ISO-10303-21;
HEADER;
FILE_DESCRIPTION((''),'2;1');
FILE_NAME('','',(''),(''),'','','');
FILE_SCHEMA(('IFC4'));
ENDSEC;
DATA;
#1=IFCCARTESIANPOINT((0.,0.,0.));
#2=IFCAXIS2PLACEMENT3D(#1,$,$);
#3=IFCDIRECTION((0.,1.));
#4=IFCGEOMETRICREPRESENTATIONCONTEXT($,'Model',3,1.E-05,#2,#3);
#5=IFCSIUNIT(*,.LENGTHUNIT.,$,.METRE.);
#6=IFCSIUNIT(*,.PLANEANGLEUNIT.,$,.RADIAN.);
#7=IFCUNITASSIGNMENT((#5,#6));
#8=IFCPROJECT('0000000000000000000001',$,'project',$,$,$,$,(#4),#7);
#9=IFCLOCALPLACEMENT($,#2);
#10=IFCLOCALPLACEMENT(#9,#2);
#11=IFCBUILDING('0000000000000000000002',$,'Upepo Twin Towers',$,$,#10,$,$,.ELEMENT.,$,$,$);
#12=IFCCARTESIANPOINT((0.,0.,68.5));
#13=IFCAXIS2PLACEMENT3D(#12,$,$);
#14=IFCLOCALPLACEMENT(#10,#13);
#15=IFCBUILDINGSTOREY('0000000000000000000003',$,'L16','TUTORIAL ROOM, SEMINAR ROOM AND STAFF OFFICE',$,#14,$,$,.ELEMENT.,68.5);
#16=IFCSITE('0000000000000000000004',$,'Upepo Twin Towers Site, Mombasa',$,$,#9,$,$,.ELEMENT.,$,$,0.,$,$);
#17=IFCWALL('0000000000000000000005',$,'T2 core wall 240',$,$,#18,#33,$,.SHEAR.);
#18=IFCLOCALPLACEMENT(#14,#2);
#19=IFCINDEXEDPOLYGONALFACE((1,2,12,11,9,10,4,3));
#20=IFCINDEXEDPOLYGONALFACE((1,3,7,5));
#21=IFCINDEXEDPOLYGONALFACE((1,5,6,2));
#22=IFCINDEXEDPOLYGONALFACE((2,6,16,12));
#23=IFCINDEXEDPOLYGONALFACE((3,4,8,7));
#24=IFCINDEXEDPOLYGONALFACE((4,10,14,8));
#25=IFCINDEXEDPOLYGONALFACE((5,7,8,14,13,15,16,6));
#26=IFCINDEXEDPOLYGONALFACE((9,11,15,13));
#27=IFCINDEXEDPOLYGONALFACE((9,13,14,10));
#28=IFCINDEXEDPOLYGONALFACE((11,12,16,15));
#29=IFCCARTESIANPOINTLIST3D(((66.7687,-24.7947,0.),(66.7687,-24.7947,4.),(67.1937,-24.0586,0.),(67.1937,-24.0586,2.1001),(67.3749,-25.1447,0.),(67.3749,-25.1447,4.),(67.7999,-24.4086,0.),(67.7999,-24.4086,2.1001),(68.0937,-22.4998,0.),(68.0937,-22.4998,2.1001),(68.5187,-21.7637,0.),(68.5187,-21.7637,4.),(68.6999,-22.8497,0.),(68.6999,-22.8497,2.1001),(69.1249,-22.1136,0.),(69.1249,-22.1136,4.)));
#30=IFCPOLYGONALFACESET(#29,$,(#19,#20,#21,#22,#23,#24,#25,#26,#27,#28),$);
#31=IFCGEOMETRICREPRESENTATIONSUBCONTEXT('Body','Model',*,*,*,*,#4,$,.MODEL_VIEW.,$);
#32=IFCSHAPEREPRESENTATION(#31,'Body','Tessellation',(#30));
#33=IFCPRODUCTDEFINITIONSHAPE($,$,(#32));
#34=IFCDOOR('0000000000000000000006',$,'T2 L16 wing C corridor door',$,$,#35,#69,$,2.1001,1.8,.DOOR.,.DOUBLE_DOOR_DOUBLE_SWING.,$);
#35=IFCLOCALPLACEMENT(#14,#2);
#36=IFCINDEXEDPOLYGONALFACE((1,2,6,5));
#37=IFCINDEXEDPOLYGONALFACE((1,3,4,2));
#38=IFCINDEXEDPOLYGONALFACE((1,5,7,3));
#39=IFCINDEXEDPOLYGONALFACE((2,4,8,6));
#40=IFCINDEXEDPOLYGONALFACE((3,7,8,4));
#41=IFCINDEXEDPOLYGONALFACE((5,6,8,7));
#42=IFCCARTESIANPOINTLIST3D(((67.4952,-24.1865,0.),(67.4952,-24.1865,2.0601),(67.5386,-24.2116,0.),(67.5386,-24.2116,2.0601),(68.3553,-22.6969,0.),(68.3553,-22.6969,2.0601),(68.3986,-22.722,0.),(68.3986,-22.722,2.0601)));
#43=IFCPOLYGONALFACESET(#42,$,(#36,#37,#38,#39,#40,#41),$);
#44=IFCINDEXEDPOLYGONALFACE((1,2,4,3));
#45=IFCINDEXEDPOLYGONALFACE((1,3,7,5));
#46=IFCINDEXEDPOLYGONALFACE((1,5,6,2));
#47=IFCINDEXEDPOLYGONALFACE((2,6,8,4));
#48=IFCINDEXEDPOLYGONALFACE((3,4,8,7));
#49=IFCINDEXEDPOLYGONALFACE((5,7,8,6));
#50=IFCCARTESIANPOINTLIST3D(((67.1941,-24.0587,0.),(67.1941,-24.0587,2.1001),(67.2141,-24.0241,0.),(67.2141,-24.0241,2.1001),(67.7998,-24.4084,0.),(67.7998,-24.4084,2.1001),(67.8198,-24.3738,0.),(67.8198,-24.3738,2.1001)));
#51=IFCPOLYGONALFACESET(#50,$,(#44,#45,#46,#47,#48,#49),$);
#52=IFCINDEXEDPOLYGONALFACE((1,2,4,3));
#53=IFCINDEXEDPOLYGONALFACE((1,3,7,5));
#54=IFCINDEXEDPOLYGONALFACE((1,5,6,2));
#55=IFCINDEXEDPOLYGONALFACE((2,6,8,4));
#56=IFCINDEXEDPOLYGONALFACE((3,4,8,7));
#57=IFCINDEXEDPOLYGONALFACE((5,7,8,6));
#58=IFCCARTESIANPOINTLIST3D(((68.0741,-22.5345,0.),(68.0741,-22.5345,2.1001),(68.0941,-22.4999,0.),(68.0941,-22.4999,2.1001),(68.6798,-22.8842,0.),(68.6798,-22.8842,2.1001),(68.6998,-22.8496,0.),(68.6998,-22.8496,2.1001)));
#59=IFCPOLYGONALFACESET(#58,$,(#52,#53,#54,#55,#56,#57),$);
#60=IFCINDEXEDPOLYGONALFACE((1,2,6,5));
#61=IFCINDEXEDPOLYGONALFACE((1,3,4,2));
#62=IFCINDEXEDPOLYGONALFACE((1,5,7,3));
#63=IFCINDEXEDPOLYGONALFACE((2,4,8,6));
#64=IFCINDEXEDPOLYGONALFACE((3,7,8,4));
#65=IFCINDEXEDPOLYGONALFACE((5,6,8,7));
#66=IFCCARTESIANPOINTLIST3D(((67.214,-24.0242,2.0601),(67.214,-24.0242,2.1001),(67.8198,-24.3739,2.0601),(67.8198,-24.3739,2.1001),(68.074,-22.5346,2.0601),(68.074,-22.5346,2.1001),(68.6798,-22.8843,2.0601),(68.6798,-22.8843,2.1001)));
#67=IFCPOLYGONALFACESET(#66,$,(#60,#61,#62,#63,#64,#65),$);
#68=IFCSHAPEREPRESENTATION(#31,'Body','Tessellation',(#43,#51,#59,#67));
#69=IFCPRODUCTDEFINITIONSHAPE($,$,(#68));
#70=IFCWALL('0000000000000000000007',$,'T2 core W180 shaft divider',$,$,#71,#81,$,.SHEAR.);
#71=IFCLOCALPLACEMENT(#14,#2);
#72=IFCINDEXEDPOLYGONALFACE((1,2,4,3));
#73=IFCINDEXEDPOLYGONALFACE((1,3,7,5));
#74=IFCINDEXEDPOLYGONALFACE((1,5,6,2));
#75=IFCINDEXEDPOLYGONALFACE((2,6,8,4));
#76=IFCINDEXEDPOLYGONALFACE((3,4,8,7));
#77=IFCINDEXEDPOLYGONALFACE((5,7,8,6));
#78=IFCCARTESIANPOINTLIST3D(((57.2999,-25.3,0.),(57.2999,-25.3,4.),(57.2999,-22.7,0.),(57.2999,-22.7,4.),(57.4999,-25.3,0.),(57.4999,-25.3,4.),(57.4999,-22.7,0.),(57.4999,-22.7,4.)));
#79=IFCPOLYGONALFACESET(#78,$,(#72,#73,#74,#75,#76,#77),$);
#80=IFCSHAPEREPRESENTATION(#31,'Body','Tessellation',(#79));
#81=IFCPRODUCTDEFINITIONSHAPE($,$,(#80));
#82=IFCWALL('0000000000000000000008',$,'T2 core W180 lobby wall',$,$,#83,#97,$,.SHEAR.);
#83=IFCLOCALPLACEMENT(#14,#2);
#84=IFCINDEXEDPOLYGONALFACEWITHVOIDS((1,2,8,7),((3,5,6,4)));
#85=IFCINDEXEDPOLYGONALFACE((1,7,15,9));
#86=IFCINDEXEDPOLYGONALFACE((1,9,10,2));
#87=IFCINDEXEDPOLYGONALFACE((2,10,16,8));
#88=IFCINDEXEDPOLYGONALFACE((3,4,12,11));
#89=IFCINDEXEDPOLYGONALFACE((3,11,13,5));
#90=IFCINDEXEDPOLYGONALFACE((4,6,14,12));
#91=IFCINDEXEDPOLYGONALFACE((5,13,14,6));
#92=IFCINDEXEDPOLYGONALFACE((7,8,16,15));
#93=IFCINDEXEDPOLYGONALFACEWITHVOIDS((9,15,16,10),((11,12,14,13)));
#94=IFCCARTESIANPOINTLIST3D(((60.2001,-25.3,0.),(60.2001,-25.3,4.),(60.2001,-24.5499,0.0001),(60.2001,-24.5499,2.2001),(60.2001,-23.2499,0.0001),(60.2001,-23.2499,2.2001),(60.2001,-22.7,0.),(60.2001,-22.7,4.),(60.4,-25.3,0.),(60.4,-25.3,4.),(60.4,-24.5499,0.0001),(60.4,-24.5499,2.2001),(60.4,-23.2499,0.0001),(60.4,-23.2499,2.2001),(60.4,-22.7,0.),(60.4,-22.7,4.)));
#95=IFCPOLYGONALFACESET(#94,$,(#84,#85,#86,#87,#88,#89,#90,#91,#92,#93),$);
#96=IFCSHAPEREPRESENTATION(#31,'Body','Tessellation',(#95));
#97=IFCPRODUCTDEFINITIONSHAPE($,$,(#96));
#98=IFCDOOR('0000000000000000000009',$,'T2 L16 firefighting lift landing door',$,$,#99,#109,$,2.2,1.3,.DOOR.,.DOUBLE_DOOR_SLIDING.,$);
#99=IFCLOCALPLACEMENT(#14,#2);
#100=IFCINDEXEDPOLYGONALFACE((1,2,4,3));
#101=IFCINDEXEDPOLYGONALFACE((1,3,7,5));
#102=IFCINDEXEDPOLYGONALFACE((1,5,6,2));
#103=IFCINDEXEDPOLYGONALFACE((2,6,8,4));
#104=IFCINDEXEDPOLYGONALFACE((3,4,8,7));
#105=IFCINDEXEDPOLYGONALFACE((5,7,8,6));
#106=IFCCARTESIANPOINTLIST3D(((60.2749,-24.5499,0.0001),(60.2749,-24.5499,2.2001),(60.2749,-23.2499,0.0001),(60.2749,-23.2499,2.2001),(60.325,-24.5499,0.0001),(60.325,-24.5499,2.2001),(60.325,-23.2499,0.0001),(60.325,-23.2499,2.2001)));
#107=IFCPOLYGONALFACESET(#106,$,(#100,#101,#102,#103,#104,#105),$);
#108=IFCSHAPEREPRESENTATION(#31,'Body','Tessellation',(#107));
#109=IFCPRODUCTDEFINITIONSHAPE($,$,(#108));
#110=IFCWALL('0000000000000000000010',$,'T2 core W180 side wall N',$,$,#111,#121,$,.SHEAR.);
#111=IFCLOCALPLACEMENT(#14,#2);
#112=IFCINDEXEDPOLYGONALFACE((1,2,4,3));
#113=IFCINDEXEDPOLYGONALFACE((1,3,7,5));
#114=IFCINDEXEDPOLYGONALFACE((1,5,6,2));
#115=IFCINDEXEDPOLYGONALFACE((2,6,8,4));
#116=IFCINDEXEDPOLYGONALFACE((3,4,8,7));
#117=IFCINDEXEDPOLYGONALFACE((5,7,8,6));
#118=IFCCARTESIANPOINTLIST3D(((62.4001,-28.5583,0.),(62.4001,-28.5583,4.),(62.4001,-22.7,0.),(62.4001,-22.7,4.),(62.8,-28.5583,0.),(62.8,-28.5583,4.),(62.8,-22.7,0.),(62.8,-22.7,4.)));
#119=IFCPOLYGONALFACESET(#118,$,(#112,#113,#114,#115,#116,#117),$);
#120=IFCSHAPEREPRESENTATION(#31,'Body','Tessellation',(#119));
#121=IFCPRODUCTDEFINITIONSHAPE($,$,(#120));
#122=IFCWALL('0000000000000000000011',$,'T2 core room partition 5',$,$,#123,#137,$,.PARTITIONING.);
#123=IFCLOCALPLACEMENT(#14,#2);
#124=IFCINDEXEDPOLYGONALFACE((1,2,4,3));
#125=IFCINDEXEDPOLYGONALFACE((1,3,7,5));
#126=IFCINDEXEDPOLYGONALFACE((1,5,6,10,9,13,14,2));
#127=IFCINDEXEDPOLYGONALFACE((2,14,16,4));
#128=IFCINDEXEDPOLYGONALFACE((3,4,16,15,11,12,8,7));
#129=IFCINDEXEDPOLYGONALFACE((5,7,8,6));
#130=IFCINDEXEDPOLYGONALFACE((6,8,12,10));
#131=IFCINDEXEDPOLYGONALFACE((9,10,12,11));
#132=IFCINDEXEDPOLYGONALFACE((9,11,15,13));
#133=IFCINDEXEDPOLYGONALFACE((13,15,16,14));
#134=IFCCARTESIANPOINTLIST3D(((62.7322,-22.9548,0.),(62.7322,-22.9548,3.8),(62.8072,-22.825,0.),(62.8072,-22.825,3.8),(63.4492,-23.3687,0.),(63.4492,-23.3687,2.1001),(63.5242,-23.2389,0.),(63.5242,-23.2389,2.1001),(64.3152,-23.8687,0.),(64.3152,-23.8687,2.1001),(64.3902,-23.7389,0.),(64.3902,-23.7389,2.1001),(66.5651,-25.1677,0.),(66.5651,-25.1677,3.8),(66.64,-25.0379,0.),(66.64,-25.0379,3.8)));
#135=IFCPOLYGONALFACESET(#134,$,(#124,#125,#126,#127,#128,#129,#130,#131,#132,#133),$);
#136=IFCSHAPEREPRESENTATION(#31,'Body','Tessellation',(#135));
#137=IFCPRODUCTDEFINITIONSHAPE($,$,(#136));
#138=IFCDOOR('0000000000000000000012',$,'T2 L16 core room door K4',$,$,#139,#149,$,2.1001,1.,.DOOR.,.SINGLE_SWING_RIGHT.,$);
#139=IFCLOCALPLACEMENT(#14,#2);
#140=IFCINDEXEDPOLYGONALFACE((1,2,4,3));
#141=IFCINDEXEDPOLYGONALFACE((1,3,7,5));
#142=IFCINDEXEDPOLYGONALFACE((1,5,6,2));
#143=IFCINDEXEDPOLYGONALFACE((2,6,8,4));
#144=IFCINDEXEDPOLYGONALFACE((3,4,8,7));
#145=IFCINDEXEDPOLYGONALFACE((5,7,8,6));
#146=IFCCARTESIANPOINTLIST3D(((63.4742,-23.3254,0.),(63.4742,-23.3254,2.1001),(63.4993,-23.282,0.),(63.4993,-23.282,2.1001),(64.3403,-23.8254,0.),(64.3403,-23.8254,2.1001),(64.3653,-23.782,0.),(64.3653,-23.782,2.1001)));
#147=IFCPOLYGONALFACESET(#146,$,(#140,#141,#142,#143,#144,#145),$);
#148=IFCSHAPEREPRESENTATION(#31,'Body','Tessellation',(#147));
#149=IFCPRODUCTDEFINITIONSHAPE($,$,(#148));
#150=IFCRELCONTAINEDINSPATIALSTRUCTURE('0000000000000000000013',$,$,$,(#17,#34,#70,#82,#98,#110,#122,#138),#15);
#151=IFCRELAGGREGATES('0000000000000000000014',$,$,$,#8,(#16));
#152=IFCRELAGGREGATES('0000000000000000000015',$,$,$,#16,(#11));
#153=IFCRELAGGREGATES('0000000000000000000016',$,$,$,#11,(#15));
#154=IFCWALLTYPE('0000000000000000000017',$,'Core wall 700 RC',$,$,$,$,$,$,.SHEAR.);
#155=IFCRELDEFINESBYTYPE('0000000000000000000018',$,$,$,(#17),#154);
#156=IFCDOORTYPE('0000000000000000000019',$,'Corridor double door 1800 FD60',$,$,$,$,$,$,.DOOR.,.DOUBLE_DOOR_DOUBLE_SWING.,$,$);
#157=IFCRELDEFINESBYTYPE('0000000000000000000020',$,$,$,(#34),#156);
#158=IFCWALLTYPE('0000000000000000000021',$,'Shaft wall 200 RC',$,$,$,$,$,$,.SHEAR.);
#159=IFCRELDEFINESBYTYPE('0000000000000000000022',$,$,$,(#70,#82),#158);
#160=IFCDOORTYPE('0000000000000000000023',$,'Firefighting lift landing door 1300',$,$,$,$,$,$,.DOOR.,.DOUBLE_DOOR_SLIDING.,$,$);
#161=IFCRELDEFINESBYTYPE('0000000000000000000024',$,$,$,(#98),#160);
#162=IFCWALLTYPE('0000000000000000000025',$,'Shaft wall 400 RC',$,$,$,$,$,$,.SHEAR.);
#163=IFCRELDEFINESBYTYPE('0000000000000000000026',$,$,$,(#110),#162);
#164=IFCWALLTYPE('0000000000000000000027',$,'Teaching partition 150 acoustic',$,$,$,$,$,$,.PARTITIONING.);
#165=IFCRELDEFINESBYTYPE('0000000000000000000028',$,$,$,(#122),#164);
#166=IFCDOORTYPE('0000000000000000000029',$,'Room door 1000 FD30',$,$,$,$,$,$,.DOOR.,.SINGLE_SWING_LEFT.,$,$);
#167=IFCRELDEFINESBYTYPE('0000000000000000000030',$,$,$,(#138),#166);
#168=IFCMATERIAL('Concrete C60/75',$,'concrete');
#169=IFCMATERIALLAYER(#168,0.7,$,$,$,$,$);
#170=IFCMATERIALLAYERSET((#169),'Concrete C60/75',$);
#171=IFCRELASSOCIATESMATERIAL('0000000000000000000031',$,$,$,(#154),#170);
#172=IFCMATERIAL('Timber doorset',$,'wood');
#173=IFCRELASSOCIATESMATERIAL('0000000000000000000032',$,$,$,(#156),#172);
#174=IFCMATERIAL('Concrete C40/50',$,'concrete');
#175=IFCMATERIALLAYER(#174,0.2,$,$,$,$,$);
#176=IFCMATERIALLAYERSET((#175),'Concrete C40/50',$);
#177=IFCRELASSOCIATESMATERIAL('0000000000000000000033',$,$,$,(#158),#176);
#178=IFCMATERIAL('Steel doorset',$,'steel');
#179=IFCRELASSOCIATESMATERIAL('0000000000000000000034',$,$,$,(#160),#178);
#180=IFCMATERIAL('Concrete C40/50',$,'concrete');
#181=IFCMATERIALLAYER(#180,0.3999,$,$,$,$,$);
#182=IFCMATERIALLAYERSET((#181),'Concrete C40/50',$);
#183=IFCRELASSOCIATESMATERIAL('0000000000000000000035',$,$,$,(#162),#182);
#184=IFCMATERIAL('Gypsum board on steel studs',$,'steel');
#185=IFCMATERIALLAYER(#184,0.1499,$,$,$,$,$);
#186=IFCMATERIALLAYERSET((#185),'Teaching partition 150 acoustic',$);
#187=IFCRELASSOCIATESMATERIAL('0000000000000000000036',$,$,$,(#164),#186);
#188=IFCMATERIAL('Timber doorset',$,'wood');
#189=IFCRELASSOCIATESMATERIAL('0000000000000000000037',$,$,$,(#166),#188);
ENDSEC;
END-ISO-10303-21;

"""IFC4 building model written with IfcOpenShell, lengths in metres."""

from ifc_helpers import new_model, si_unit, direction, frame, frame_2d, origin, place, context, subcontext, project, spatial, rectangle, extrude, material, layer, layer_set, type_object, element, fill, save


model = new_model("IFC4")

# Units and contexts
model_context = context("Model", 3, precision=1e-05, world=origin(), true_north=direction((0.0, 1.0)))
body_context = subcontext(model_context, "Body", "Model", "MODEL_VIEW")
ifc_project = project(units=[si_unit("LENGTHUNIT", "METRE"), si_unit("PLANEANGLEUNIT", "RADIAN")], contexts=[model_context])

# Site, building, storey
site_placement = place(None, origin())
site = spatial("IfcSite", under=ifc_project, at=site_placement, Name="Upepo Twin Towers Site, Mombasa", CompositionType="ELEMENT", RefElevation=0.0)
building_placement = place(site_placement, origin())
building = spatial("IfcBuilding", under=site, at=building_placement, Name="Upepo Twin Towers", CompositionType="ELEMENT")
storey_placement = place(building_placement, frame((0.0, 0.0, 68.5)))
storey = spatial("IfcBuildingStorey", under=building, at=storey_placement, Name="L16", Description="TUTORIAL ROOM, SEMINAR ROOM AND STAFF OFFICE", CompositionType="ELEMENT", Elevation=68.5)

# Shared definitions
ifc_material_1 = material(Name="Concrete C60/75", Category="concrete")
ifc_layer_1 = layer(ifc_material_1, 0.7)
ifc_layer_set_1 = layer_set([ifc_layer_1], Name="Concrete C60/75")
wall_type_1 = type_object("IfcWallType", Name="Core wall 700 RC", PredefinedType="SHEAR", material=ifc_layer_set_1)

# Wall, opening, door
wall_1_placement = place(storey_placement, frame((67.0718, -24.9697, 0.0), z_axis=(0.0, 0.0, 1.0), x_axis=(0.50001, 0.866019, 0.0)))
wall_1 = element("IfcWall", 1, at=wall_1_placement, inside=storey, type_object=wall_type_1, Name="T2 core wall 240", PredefinedType="SHEAR", context=body_context, shape_type="SweptSolid", body=[
    extrude(rectangle(XDim=3.5, YDim=0.7, at=frame_2d((1.75, 0.0))), origin(), (0.0, 0.0, 1.0), 4.0),
])
opening_1_placement = place(wall_1_placement, frame((0.8501, 0.0, 0.0)))
opening_1 = element("IfcOpeningElement", 2, at=opening_1_placement, cuts=wall_1, PredefinedType="OPENING", context=body_context, shape_type="SweptSolid", body=[
    extrude(rectangle(XDim=1.8, YDim=2.1001, at=frame_2d((0.8999, 1.05))), frame((0.0, 0.3599, 0.0), z_axis=(0.0, -1.0, 0.0), x_axis=(1.0, 0.0, 0.0)), (0.0, 0.0, 1.0), 0.72),
])
ifc_material_2 = material(Name="Timber doorset", Category="wood")
door_type_1 = type_object("IfcDoorType", Name="Corridor double door 1800 FD60", OperationType="DOUBLE_DOOR_DOUBLE_SWING", PredefinedType="DOOR", material=ifc_material_2)
door_1_placement = place(opening_1_placement, origin())
door_1 = element("IfcDoor", 3, at=door_1_placement, inside=storey, type_object=door_type_1, Name="T2 L16 wing C corridor door", OperationType="DOUBLE_DOOR_DOUBLE_SWING", OverallHeight=2.1001, OverallWidth=1.8, PredefinedType="DOOR", context=body_context, shape_type="SweptSolid", body=[
    extrude(rectangle(XDim=1.72, YDim=2.0601, at=frame_2d((0.8999, 1.03))), frame((0.0, 0.0249, 0.0), z_axis=(0.0, -1.0, 0.0), x_axis=(1.0, 0.0, 0.0)), (0.0, 0.0, 1.0), 0.05),
    extrude(rectangle(XDim=0.04, YDim=2.1001, at=frame_2d((0.02, 1.05))), frame((0.0, 0.3496, 0.0), z_axis=(0.0, -1.0, 0.0), x_axis=(1.0, 0.0, 0.0)), (0.0, 0.0, 1.0), 0.6995),
    extrude(rectangle(XDim=0.04, YDim=2.1001, at=frame_2d((1.78, 1.05))), frame((0.0, 0.3496, 0.0), z_axis=(0.0, -1.0, 0.0), x_axis=(1.0, 0.0, 0.0)), (0.0, 0.0, 1.0), 0.6995),
    extrude(rectangle(XDim=1.72, YDim=0.04, at=frame_2d((0.8999, 2.0801))), frame((0.0, 0.3496, 0.0), z_axis=(0.0, -1.0, 0.0), x_axis=(1.0, 0.0, 0.0)), (0.0, 0.0, 1.0), 0.6995),
])
fill(opening_1, door_1)

# Wall
ifc_material_3 = material(Name="Concrete C40/50", Category="concrete")
ifc_layer_2 = layer(ifc_material_3, 0.2)
ifc_layer_set_2 = layer_set([ifc_layer_2], Name="Concrete C40/50")
wall_type_2 = type_object("IfcWallType", Name="Shaft wall 200 RC", PredefinedType="SHEAR", material=ifc_layer_set_2)
wall_2_placement = place(storey_placement, frame((57.3999, -22.7, 0.0), z_axis=(0.0, 0.0, 1.0), x_axis=(0.0, -1.0, 0.0)))
element("IfcWall", 4, at=wall_2_placement, inside=storey, type_object=wall_type_2, Name="T2 core W180 shaft divider", PredefinedType="SHEAR", context=body_context, shape_type="SweptSolid", body=[
    extrude(rectangle(XDim=2.6001, YDim=0.2, at=frame_2d((1.3, 0.0))), origin(), (0.0, 0.0, 1.0), 4.0),
])

# Wall, opening, door
wall_3_placement = place(storey_placement, frame((60.3, -22.7, 0.0), z_axis=(0.0, 0.0, 1.0), x_axis=(0.0, -1.0, 0.0)))
wall_3 = element("IfcWall", 5, at=wall_3_placement, inside=storey, type_object=wall_type_2, Name="T2 core W180 lobby wall", PredefinedType="SHEAR", context=body_context, shape_type="SweptSolid", body=[
    extrude(rectangle(XDim=2.6001, YDim=0.2, at=frame_2d((1.3, 0.0))), origin(), (0.0, 0.0, 1.0), 4.0),
])
opening_2_placement = place(wall_3_placement, frame((0.55, 0.0, 0.0)))
opening_2 = element("IfcOpeningElement", 6, at=opening_2_placement, cuts=wall_3, PredefinedType="OPENING", context=body_context, shape_type="SweptSolid", body=[
    extrude(rectangle(XDim=1.3, YDim=2.2, at=frame_2d((0.6499, 1.1001))), frame((0.0, 0.1099, 0.0), z_axis=(0.0, -1.0, 0.0), x_axis=(1.0, 0.0, 0.0)), (0.0, 0.0, 1.0), 0.22),
])
ifc_material_4 = material(Name="Steel doorset", Category="steel")
door_type_2 = type_object("IfcDoorType", Name="Firefighting lift landing door 1300", OperationType="DOUBLE_DOOR_SLIDING", PredefinedType="DOOR", material=ifc_material_4)
door_2_placement = place(opening_2_placement, origin())
door_2 = element("IfcDoor", 7, at=door_2_placement, inside=storey, type_object=door_type_2, Name="T2 L16 firefighting lift landing door", OperationType="DOUBLE_DOOR_SLIDING", OverallHeight=2.2, OverallWidth=1.3, PredefinedType="DOOR", context=body_context, shape_type="SweptSolid", body=[
    extrude(rectangle(XDim=1.3, YDim=2.2, at=frame_2d((0.6499, 1.1001))), frame((0.0, 0.0249, 0.0), z_axis=(0.0, -1.0, 0.0), x_axis=(1.0, 0.0, 0.0)), (0.0, 0.0, 1.0), 0.05),
])
fill(opening_2, door_2)

# Wall
ifc_material_5 = material(Name="Concrete C40/50", Category="concrete")
ifc_layer_3 = layer(ifc_material_5, 0.3999)
ifc_layer_set_3 = layer_set([ifc_layer_3], Name="Concrete C40/50")
wall_type_3 = type_object("IfcWallType", Name="Shaft wall 400 RC", PredefinedType="SHEAR", material=ifc_layer_set_3)
wall_4_placement = place(storey_placement, frame((62.6001, -22.7, 0.0), z_axis=(0.0, 0.0, 1.0), x_axis=(0.0, -1.0, 0.0)))
element("IfcWall", 8, at=wall_4_placement, inside=storey, type_object=wall_type_3, Name="T2 core W180 side wall N", PredefinedType="SHEAR", context=body_context, shape_type="SweptSolid", body=[
    extrude(rectangle(XDim=5.8584, YDim=0.3999, at=frame_2d((2.9292, 0.0))), origin(), (0.0, 0.0, 1.0), 4.0),
])

# Wall, opening, door
ifc_material_6 = material(Name="Gypsum board on steel studs", Category="steel")
ifc_layer_4 = layer(ifc_material_6, 0.1499)
ifc_layer_set_4 = layer_set([ifc_layer_4], Name="Teaching partition 150 acoustic")
wall_type_4 = type_object("IfcWallType", Name="Teaching partition 150 acoustic", PredefinedType="PARTITIONING", material=ifc_layer_set_4)
wall_5_placement = place(storey_placement, frame((66.6025, -25.1028, 0.0), z_axis=(0.0, 0.0, 1.0), x_axis=(-0.866021, 0.500007, 0.0)))
wall_5 = element("IfcWall", 9, at=wall_5_placement, inside=storey, type_object=wall_type_4, Name="T2 core room partition 5", PredefinedType="PARTITIONING", context=body_context, shape_type="SweptSolid", body=[
    extrude(rectangle(XDim=4.4258, YDim=0.1499, at=frame_2d((2.2129, 0.0))), origin(), (0.0, 0.0, 1.0), 3.8),
])
opening_3_placement = place(wall_5_placement, frame((2.5979, 0.0, 0.0)))
opening_3 = element("IfcOpeningElement", 10, at=opening_3_placement, cuts=wall_5, PredefinedType="OPENING", context=body_context, shape_type="SweptSolid", body=[
    extrude(rectangle(XDim=1.0, YDim=2.1001, at=frame_2d((0.5, 1.05))), frame((0.0, 0.085, 0.0), z_axis=(0.0, -1.0, 0.0), x_axis=(1.0, 0.0, 0.0)), (0.0, 0.0, 1.0), 0.1699),
])
ifc_material_7 = material(Name="Timber doorset", Category="wood")
door_type_3 = type_object("IfcDoorType", Name="Room door 1000 FD30", OperationType="SINGLE_SWING_LEFT", PredefinedType="DOOR", material=ifc_material_7)
door_3_placement = place(opening_3_placement, origin())
door_3 = element("IfcDoor", 11, at=door_3_placement, inside=storey, type_object=door_type_3, Name="T2 L16 core room door K4", OperationType="SINGLE_SWING_RIGHT", OverallHeight=2.1001, OverallWidth=1.0, PredefinedType="DOOR", context=body_context, shape_type="SweptSolid", body=[
    extrude(rectangle(XDim=1.0, YDim=2.1001, at=frame_2d((0.5, 1.05))), frame((0.0, 0.0249, 0.0), z_axis=(0.0, -1.0, 0.0), x_axis=(1.0, 0.0, 0.0)), (0.0, 0.0, 1.0), 0.05),
])
fill(opening_3, door_3)

save(model, "model.ifc")
